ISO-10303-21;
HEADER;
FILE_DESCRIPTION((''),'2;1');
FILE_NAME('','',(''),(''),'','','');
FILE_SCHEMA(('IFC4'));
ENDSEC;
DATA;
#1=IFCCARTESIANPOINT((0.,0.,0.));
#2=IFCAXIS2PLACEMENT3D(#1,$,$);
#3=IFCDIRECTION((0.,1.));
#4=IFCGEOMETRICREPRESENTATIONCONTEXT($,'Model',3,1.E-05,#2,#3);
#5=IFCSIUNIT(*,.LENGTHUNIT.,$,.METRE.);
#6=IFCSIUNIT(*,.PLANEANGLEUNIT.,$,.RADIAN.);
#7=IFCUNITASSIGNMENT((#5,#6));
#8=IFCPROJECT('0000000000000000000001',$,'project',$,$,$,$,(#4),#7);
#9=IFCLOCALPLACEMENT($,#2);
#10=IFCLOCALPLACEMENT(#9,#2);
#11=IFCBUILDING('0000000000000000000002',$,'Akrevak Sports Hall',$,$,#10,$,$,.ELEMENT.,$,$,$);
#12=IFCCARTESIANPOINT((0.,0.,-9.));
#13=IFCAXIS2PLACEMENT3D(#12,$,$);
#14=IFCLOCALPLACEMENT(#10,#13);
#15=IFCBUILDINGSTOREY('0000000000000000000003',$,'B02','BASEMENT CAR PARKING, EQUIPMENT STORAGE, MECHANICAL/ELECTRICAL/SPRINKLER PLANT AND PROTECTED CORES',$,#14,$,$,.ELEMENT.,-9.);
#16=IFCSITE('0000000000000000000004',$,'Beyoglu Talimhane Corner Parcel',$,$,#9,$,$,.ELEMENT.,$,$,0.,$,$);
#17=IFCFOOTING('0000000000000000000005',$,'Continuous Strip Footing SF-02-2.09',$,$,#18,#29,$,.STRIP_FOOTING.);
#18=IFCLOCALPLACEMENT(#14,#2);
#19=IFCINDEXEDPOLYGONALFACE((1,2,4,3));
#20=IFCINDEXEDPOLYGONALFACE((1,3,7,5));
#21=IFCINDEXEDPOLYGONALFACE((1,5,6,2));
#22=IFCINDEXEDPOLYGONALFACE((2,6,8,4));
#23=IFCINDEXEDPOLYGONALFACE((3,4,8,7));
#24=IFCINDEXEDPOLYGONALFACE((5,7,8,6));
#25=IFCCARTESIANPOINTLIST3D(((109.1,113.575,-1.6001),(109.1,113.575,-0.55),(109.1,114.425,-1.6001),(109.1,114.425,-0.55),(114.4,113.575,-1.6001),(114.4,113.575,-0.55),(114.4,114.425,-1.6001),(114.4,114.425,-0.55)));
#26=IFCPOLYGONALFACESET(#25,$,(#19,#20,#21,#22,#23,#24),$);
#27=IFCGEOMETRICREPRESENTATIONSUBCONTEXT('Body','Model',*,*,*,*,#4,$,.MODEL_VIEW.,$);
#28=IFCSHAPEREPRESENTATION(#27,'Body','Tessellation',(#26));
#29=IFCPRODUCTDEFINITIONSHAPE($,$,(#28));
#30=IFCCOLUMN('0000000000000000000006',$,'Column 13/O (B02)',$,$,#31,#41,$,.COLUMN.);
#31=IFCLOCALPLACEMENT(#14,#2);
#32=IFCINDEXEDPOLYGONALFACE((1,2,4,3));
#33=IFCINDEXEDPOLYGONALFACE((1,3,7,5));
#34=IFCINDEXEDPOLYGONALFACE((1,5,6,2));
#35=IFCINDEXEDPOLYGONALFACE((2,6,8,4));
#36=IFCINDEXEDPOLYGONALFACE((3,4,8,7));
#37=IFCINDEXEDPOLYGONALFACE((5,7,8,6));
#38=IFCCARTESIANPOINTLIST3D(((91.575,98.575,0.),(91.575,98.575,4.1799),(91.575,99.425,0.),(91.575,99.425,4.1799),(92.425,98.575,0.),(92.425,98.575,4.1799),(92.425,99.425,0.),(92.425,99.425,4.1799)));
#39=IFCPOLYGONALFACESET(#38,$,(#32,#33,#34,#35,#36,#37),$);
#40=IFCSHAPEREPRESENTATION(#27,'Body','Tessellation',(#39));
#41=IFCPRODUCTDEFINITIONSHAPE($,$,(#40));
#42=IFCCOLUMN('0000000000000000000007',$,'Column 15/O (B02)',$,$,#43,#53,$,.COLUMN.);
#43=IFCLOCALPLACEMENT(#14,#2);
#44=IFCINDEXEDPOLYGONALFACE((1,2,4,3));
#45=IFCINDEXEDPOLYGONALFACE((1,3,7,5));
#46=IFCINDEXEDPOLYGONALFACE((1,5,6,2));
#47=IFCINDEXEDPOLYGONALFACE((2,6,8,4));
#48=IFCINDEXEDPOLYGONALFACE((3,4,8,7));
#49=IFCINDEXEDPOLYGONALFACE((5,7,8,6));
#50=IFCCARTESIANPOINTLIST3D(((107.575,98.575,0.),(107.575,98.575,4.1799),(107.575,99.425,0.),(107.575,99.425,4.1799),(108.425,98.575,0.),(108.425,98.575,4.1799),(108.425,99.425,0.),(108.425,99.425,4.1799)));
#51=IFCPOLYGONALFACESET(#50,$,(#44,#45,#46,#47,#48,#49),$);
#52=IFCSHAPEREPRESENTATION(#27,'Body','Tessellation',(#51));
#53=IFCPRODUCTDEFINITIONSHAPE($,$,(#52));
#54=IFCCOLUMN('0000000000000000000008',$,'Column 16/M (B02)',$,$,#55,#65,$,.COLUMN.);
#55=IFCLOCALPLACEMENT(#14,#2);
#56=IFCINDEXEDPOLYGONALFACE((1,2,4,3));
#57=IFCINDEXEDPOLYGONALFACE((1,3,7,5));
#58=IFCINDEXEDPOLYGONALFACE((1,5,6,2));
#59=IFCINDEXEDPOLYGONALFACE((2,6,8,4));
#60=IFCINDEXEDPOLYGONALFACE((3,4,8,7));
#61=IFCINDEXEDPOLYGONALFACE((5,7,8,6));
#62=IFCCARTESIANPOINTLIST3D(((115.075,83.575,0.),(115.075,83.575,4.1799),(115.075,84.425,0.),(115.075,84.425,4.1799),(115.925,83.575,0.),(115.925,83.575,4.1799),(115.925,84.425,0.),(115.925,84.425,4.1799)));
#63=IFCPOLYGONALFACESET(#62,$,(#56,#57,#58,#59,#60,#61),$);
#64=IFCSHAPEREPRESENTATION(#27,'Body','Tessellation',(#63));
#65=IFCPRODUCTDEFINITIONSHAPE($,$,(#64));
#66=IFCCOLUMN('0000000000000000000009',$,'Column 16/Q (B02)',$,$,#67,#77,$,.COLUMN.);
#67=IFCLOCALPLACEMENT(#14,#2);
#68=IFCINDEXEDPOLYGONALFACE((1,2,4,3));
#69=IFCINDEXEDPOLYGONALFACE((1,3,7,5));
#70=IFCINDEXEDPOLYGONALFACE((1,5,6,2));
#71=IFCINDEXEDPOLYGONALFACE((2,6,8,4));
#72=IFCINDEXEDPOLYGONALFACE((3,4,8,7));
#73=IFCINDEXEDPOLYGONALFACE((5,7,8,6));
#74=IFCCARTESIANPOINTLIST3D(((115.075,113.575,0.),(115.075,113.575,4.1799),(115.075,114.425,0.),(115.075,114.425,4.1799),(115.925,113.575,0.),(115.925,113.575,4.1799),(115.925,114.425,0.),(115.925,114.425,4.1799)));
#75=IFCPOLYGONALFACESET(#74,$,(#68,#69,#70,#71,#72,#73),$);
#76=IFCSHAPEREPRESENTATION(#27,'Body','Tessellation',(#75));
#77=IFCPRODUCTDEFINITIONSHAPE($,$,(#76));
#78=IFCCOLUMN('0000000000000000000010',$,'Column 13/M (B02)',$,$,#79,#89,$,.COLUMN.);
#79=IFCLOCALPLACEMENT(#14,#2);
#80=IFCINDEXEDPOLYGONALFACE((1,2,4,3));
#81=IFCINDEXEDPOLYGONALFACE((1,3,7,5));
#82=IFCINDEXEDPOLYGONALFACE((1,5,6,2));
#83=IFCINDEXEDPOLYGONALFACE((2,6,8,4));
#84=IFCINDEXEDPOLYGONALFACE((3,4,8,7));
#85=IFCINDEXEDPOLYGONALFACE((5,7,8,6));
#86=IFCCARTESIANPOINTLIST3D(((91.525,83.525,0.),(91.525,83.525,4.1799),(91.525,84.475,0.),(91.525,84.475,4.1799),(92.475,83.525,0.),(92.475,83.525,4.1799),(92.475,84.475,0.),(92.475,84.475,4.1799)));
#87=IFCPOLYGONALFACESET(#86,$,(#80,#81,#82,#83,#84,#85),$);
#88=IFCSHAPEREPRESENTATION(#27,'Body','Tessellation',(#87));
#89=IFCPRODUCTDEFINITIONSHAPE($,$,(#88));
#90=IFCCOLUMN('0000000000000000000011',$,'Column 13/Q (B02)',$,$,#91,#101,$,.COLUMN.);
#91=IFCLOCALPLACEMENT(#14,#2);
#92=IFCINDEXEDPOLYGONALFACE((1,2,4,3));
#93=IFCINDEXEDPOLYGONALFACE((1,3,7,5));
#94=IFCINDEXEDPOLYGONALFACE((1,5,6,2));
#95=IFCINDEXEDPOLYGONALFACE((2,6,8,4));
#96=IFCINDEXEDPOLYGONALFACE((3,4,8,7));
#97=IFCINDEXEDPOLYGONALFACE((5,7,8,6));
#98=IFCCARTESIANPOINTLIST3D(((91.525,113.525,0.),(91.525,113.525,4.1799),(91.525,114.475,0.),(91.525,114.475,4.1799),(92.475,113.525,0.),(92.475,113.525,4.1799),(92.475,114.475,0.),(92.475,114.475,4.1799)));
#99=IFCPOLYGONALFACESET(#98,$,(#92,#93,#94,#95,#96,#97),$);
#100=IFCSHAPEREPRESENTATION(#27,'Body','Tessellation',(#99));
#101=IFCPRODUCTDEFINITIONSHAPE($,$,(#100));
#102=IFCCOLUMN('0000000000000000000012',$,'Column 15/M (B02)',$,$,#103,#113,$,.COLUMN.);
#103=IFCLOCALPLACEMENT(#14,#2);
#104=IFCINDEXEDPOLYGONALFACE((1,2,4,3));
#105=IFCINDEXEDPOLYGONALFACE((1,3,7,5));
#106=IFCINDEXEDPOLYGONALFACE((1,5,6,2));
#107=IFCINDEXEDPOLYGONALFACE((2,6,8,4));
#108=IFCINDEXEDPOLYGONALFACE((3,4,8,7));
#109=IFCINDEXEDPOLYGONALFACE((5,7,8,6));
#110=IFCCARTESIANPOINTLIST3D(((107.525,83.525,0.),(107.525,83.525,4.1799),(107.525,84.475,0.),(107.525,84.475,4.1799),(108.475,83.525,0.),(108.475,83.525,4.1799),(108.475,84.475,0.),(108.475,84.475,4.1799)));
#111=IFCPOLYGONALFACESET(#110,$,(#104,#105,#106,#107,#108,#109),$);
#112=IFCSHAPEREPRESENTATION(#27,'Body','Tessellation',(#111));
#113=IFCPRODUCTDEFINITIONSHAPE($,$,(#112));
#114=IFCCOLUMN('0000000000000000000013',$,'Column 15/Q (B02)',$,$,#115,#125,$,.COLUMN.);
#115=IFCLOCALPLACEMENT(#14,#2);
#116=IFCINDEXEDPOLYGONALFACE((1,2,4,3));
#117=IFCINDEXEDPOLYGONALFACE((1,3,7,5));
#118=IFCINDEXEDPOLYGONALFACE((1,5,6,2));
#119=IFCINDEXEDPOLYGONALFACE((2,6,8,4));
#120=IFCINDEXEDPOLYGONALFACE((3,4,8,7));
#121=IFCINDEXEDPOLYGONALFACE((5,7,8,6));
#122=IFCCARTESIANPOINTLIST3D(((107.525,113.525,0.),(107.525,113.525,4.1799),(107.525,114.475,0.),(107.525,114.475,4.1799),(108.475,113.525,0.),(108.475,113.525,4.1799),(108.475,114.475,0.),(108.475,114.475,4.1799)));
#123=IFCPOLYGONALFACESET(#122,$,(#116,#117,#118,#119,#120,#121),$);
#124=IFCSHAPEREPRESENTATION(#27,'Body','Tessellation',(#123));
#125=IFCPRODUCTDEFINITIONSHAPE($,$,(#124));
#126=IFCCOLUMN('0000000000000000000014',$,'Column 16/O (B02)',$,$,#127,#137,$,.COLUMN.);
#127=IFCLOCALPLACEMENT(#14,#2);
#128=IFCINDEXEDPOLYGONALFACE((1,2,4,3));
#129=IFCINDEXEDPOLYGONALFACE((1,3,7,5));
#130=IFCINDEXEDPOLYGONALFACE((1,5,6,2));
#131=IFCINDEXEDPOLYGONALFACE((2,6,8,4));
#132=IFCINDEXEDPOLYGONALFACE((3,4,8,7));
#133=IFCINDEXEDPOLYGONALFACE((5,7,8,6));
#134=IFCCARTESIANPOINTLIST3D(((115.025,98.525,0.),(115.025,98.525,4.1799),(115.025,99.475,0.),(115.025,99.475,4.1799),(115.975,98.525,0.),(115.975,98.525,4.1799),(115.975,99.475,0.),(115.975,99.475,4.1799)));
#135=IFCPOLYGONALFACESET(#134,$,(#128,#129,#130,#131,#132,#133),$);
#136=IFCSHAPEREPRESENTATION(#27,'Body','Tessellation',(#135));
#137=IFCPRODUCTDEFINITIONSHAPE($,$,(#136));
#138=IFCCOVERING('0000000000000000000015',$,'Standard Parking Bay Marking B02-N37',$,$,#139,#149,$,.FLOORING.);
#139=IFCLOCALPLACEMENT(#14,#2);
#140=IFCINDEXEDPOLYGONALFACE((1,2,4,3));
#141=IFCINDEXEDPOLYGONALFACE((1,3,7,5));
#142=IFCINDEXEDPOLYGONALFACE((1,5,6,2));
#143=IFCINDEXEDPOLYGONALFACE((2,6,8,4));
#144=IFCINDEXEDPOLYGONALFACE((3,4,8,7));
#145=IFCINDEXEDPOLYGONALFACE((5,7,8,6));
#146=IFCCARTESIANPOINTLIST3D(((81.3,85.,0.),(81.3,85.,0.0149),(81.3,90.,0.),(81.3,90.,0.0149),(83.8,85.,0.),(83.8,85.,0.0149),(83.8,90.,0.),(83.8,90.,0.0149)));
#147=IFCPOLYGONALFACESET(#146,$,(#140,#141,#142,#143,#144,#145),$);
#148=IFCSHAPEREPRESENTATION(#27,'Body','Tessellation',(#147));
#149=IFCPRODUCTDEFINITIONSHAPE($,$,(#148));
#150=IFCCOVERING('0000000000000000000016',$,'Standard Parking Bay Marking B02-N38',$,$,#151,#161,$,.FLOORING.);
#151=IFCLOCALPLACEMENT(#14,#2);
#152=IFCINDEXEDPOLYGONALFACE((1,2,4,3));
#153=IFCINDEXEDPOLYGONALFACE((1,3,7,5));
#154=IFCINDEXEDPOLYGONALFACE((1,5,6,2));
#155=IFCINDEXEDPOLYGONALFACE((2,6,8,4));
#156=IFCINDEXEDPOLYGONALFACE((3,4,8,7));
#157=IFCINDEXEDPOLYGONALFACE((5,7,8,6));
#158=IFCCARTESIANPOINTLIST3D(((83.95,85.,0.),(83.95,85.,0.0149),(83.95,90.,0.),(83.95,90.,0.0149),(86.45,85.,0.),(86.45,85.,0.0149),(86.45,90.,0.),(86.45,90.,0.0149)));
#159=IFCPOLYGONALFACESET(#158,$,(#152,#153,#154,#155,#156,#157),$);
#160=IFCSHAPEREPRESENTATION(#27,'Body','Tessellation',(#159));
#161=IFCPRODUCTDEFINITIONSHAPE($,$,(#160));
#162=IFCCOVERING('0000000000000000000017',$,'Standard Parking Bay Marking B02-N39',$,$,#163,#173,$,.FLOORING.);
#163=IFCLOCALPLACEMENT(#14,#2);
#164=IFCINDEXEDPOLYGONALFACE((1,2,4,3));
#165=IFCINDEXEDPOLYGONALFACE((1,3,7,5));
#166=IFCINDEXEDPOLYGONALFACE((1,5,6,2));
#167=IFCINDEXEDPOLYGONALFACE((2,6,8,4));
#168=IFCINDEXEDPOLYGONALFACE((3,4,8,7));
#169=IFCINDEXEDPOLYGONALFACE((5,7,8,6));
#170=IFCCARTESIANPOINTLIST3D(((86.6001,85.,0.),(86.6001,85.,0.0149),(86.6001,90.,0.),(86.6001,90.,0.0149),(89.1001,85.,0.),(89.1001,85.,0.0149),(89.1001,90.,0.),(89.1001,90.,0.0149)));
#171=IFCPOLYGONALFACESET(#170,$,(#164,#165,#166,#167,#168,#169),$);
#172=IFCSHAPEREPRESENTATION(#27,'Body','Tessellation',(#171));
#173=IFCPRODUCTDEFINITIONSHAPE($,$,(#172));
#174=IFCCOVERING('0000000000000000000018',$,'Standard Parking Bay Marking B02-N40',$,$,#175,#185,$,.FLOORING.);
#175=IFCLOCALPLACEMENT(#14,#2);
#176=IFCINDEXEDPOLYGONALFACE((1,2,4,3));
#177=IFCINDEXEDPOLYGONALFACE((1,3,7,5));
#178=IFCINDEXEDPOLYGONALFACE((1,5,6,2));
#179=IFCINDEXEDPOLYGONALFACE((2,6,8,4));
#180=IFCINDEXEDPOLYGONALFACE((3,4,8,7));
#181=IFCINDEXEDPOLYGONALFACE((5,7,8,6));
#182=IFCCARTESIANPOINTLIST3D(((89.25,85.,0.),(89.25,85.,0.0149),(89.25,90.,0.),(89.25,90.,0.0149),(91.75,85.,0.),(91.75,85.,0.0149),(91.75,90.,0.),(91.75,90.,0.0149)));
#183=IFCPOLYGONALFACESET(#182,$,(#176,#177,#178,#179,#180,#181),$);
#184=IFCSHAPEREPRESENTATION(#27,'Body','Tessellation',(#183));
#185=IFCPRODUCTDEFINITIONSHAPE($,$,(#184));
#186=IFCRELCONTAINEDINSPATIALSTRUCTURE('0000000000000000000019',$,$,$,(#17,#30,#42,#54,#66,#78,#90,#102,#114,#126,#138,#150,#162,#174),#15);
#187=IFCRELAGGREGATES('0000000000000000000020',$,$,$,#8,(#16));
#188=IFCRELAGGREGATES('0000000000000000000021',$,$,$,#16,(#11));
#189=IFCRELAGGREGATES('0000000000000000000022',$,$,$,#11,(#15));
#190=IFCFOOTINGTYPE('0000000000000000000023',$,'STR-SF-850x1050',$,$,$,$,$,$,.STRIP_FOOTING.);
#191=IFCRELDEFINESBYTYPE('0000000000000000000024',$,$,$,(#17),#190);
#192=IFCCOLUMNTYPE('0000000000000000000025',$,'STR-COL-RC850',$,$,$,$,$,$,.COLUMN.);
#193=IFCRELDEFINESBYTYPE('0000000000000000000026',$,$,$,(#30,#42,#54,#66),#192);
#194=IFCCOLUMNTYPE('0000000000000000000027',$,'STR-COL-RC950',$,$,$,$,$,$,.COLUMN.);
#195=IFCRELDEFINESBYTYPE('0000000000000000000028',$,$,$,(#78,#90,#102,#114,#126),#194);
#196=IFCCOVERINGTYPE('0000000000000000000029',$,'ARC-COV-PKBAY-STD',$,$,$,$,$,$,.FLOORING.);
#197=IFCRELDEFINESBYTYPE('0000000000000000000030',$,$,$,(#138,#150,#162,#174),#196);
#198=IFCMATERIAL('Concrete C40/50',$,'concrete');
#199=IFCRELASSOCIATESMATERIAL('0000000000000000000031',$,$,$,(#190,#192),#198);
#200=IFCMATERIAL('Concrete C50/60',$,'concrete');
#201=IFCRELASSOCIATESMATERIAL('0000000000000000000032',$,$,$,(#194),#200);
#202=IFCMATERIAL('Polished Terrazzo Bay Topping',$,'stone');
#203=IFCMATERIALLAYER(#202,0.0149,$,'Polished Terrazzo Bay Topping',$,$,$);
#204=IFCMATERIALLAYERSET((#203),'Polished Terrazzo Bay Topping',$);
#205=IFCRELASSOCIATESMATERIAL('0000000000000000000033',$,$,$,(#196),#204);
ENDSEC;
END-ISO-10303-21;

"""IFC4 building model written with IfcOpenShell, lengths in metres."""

from ifc_helpers import new_model, si_unit, direction, frame, origin, origin_2d, place, context, subcontext, project, spatial, rectangle, extrude, material, layer, layer_set, material_profile, profile_set, type_object, element, save


model = new_model("IFC4")

# Units and contexts
model_context = context("Model", 3, precision=1e-05, world=origin(), true_north=direction((0.0, 1.0)))
body_context = subcontext(model_context, "Body", "Model", "MODEL_VIEW")
ifc_project = project(units=[si_unit("LENGTHUNIT", "METRE"), si_unit("PLANEANGLEUNIT", "RADIAN")], contexts=[model_context])

# Site, building, storey
site_placement = place(None, origin())
site = spatial("IfcSite", under=ifc_project, at=site_placement, Name="Beyoglu Talimhane Corner Parcel", CompositionType="ELEMENT", RefElevation=0.0)
building_placement = place(site_placement, origin())
building = spatial("IfcBuilding", under=site, at=building_placement, Name="Akrevak Sports Hall", CompositionType="ELEMENT")
storey_placement = place(building_placement, frame((0.0, 0.0, -9.0)))
storey = spatial("IfcBuildingStorey", under=building, at=storey_placement, Name="B02", Description="BASEMENT CAR PARKING, EQUIPMENT STORAGE, MECHANICAL/ELECTRICAL/SPRINKLER PLANT AND PROTECTED CORES", CompositionType="ELEMENT", Elevation=-9.0)

# Shared definitions
ifc_material_1 = material(Name="Concrete C40/50", Category="concrete")

# Footing
footing_type_1 = type_object("IfcFootingType", Name="STR-SF-850x1050", PredefinedType="STRIP_FOOTING", material=ifc_material_1)
footing_placement = place(storey_placement, frame((111.75, 114.0, -1.6001), z_axis=(0.0, 0.0, 1.0), x_axis=(1.0, 0.0, 0.0)))
element("IfcFooting", 1, at=footing_placement, inside=storey, type_object=footing_type_1, Name="Continuous Strip Footing SF-02-2.09", PredefinedType="STRIP_FOOTING", context=body_context, shape_type="SweptSolid", body=[
    extrude(rectangle(XDim=5.3, YDim=0.8501, at=origin_2d()), origin(), (0.0, 0.0, 1.0), 1.05),
])

# Columns
ifc_material_profile_1 = material_profile(ifc_material_1, rectangle(XDim=0.8501, YDim=0.8501, at=origin_2d()), Name="RC 850x850", Category="concrete")
ifc_profile_set_1 = profile_set([ifc_material_profile_1], Name="Concrete C40/50")
column_type_1 = type_object("IfcColumnType", Name="STR-COL-RC850", PredefinedType="COLUMN", material=ifc_profile_set_1)
for number, where, z_axis, x_axis, name in (
    (2, (92.0, 99.0, 0.0), (0.0, 0.0, 1.0), (1.0, 0.0, 0.0), "Column 13/O (B02)"),
    (3, (108.0, 99.0, 0.0), (0.0, 0.0, 1.0), (1.0, 0.0, 0.0), "Column 15/O (B02)"),
    (4, (115.5, 84.0, 0.0), (0.0, 0.0, 1.0), (1.0, 0.0, 0.0), "Column 16/M (B02)"),
    (5, (115.5, 114.0, 0.0), (0.0, 0.0, 1.0), (1.0, 0.0, 0.0), "Column 16/Q (B02)"),
):
    element("IfcColumn", number, at=place(storey_placement, frame(where, z_axis=z_axis, x_axis=x_axis)), inside=storey, type_object=column_type_1, Name=name, PredefinedType="COLUMN", context=body_context, shape_type="SweptSolid", body=[
        extrude(rectangle(XDim=0.8501, YDim=0.8501, at=origin_2d()), origin(), (0.0, 0.0, 1.0), 4.1799),
    ])
ifc_material_2 = material(Name="Concrete C50/60", Category="concrete")
ifc_material_profile_2 = material_profile(ifc_material_2, rectangle(XDim=0.95, YDim=0.95, at=origin_2d()), Name="RC 950x950", Category="concrete")
ifc_profile_set_2 = profile_set([ifc_material_profile_2], Name="Concrete C50/60")
column_type_2 = type_object("IfcColumnType", Name="STR-COL-RC950", PredefinedType="COLUMN", material=ifc_profile_set_2)
for number, where, z_axis, x_axis, name in (
    (6, (92.0, 84.0, 0.0), (0.0, 0.0, 1.0), (1.0, 0.0, 0.0), "Column 13/M (B02)"),
    (7, (92.0, 114.0, 0.0), (0.0, 0.0, 1.0), (1.0, 0.0, 0.0), "Column 13/Q (B02)"),
    (8, (108.0, 84.0, 0.0), (0.0, 0.0, 1.0), (1.0, 0.0, 0.0), "Column 15/M (B02)"),
    (9, (108.0, 114.0, 0.0), (0.0, 0.0, 1.0), (1.0, 0.0, 0.0), "Column 15/Q (B02)"),
    (10, (115.5, 99.0, 0.0), (0.0, 0.0, 1.0), (1.0, 0.0, 0.0), "Column 16/O (B02)"),
):
    element("IfcColumn", number, at=place(storey_placement, frame(where, z_axis=z_axis, x_axis=x_axis)), inside=storey, type_object=column_type_2, Name=name, PredefinedType="COLUMN", context=body_context, shape_type="SweptSolid", body=[
        extrude(rectangle(XDim=0.95, YDim=0.95, at=origin_2d()), origin(), (0.0, 0.0, 1.0), 4.1799),
    ])

# Coverings
ifc_material_3 = material(Name="Polished Terrazzo Bay Topping", Category="stone")
ifc_layer = layer(ifc_material_3, 0.0149, Name="Polished Terrazzo Bay Topping")
ifc_layer_set = layer_set([ifc_layer], Name="Polished Terrazzo Bay Topping")
covering_type = type_object("IfcCoveringType", Name="ARC-COV-PKBAY-STD", PredefinedType="FLOORING", material=ifc_layer_set)
for number, where, z_axis, x_axis, name in (
    (11, (82.55, 87.5, 0.0), (0.0, 0.0, 1.0), (1.0, 0.0, 0.0), "Standard Parking Bay Marking B02-N37"),
    (12, (85.2, 87.5, 0.0), (0.0, 0.0, 1.0), (1.0, 0.0, 0.0), "Standard Parking Bay Marking B02-N38"),
    (13, (87.8501, 87.5, 0.0), (0.0, 0.0, 1.0), (1.0, 0.0, 0.0), "Standard Parking Bay Marking B02-N39"),
    (14, (90.5, 87.5, 0.0), (0.0, 0.0, 1.0), (1.0, 0.0, 0.0), "Standard Parking Bay Marking B02-N40"),
):
    element("IfcCovering", number, at=place(storey_placement, frame(where, z_axis=z_axis, x_axis=x_axis)), inside=storey, type_object=covering_type, Name=name, PredefinedType="FLOORING", context=body_context, shape_type="SweptSolid", body=[
        extrude(rectangle(XDim=2.5, YDim=5.0, at=origin_2d()), origin(), (0.0, 0.0, 1.0), 0.0149),
    ])

save(model, "model.ifc")
